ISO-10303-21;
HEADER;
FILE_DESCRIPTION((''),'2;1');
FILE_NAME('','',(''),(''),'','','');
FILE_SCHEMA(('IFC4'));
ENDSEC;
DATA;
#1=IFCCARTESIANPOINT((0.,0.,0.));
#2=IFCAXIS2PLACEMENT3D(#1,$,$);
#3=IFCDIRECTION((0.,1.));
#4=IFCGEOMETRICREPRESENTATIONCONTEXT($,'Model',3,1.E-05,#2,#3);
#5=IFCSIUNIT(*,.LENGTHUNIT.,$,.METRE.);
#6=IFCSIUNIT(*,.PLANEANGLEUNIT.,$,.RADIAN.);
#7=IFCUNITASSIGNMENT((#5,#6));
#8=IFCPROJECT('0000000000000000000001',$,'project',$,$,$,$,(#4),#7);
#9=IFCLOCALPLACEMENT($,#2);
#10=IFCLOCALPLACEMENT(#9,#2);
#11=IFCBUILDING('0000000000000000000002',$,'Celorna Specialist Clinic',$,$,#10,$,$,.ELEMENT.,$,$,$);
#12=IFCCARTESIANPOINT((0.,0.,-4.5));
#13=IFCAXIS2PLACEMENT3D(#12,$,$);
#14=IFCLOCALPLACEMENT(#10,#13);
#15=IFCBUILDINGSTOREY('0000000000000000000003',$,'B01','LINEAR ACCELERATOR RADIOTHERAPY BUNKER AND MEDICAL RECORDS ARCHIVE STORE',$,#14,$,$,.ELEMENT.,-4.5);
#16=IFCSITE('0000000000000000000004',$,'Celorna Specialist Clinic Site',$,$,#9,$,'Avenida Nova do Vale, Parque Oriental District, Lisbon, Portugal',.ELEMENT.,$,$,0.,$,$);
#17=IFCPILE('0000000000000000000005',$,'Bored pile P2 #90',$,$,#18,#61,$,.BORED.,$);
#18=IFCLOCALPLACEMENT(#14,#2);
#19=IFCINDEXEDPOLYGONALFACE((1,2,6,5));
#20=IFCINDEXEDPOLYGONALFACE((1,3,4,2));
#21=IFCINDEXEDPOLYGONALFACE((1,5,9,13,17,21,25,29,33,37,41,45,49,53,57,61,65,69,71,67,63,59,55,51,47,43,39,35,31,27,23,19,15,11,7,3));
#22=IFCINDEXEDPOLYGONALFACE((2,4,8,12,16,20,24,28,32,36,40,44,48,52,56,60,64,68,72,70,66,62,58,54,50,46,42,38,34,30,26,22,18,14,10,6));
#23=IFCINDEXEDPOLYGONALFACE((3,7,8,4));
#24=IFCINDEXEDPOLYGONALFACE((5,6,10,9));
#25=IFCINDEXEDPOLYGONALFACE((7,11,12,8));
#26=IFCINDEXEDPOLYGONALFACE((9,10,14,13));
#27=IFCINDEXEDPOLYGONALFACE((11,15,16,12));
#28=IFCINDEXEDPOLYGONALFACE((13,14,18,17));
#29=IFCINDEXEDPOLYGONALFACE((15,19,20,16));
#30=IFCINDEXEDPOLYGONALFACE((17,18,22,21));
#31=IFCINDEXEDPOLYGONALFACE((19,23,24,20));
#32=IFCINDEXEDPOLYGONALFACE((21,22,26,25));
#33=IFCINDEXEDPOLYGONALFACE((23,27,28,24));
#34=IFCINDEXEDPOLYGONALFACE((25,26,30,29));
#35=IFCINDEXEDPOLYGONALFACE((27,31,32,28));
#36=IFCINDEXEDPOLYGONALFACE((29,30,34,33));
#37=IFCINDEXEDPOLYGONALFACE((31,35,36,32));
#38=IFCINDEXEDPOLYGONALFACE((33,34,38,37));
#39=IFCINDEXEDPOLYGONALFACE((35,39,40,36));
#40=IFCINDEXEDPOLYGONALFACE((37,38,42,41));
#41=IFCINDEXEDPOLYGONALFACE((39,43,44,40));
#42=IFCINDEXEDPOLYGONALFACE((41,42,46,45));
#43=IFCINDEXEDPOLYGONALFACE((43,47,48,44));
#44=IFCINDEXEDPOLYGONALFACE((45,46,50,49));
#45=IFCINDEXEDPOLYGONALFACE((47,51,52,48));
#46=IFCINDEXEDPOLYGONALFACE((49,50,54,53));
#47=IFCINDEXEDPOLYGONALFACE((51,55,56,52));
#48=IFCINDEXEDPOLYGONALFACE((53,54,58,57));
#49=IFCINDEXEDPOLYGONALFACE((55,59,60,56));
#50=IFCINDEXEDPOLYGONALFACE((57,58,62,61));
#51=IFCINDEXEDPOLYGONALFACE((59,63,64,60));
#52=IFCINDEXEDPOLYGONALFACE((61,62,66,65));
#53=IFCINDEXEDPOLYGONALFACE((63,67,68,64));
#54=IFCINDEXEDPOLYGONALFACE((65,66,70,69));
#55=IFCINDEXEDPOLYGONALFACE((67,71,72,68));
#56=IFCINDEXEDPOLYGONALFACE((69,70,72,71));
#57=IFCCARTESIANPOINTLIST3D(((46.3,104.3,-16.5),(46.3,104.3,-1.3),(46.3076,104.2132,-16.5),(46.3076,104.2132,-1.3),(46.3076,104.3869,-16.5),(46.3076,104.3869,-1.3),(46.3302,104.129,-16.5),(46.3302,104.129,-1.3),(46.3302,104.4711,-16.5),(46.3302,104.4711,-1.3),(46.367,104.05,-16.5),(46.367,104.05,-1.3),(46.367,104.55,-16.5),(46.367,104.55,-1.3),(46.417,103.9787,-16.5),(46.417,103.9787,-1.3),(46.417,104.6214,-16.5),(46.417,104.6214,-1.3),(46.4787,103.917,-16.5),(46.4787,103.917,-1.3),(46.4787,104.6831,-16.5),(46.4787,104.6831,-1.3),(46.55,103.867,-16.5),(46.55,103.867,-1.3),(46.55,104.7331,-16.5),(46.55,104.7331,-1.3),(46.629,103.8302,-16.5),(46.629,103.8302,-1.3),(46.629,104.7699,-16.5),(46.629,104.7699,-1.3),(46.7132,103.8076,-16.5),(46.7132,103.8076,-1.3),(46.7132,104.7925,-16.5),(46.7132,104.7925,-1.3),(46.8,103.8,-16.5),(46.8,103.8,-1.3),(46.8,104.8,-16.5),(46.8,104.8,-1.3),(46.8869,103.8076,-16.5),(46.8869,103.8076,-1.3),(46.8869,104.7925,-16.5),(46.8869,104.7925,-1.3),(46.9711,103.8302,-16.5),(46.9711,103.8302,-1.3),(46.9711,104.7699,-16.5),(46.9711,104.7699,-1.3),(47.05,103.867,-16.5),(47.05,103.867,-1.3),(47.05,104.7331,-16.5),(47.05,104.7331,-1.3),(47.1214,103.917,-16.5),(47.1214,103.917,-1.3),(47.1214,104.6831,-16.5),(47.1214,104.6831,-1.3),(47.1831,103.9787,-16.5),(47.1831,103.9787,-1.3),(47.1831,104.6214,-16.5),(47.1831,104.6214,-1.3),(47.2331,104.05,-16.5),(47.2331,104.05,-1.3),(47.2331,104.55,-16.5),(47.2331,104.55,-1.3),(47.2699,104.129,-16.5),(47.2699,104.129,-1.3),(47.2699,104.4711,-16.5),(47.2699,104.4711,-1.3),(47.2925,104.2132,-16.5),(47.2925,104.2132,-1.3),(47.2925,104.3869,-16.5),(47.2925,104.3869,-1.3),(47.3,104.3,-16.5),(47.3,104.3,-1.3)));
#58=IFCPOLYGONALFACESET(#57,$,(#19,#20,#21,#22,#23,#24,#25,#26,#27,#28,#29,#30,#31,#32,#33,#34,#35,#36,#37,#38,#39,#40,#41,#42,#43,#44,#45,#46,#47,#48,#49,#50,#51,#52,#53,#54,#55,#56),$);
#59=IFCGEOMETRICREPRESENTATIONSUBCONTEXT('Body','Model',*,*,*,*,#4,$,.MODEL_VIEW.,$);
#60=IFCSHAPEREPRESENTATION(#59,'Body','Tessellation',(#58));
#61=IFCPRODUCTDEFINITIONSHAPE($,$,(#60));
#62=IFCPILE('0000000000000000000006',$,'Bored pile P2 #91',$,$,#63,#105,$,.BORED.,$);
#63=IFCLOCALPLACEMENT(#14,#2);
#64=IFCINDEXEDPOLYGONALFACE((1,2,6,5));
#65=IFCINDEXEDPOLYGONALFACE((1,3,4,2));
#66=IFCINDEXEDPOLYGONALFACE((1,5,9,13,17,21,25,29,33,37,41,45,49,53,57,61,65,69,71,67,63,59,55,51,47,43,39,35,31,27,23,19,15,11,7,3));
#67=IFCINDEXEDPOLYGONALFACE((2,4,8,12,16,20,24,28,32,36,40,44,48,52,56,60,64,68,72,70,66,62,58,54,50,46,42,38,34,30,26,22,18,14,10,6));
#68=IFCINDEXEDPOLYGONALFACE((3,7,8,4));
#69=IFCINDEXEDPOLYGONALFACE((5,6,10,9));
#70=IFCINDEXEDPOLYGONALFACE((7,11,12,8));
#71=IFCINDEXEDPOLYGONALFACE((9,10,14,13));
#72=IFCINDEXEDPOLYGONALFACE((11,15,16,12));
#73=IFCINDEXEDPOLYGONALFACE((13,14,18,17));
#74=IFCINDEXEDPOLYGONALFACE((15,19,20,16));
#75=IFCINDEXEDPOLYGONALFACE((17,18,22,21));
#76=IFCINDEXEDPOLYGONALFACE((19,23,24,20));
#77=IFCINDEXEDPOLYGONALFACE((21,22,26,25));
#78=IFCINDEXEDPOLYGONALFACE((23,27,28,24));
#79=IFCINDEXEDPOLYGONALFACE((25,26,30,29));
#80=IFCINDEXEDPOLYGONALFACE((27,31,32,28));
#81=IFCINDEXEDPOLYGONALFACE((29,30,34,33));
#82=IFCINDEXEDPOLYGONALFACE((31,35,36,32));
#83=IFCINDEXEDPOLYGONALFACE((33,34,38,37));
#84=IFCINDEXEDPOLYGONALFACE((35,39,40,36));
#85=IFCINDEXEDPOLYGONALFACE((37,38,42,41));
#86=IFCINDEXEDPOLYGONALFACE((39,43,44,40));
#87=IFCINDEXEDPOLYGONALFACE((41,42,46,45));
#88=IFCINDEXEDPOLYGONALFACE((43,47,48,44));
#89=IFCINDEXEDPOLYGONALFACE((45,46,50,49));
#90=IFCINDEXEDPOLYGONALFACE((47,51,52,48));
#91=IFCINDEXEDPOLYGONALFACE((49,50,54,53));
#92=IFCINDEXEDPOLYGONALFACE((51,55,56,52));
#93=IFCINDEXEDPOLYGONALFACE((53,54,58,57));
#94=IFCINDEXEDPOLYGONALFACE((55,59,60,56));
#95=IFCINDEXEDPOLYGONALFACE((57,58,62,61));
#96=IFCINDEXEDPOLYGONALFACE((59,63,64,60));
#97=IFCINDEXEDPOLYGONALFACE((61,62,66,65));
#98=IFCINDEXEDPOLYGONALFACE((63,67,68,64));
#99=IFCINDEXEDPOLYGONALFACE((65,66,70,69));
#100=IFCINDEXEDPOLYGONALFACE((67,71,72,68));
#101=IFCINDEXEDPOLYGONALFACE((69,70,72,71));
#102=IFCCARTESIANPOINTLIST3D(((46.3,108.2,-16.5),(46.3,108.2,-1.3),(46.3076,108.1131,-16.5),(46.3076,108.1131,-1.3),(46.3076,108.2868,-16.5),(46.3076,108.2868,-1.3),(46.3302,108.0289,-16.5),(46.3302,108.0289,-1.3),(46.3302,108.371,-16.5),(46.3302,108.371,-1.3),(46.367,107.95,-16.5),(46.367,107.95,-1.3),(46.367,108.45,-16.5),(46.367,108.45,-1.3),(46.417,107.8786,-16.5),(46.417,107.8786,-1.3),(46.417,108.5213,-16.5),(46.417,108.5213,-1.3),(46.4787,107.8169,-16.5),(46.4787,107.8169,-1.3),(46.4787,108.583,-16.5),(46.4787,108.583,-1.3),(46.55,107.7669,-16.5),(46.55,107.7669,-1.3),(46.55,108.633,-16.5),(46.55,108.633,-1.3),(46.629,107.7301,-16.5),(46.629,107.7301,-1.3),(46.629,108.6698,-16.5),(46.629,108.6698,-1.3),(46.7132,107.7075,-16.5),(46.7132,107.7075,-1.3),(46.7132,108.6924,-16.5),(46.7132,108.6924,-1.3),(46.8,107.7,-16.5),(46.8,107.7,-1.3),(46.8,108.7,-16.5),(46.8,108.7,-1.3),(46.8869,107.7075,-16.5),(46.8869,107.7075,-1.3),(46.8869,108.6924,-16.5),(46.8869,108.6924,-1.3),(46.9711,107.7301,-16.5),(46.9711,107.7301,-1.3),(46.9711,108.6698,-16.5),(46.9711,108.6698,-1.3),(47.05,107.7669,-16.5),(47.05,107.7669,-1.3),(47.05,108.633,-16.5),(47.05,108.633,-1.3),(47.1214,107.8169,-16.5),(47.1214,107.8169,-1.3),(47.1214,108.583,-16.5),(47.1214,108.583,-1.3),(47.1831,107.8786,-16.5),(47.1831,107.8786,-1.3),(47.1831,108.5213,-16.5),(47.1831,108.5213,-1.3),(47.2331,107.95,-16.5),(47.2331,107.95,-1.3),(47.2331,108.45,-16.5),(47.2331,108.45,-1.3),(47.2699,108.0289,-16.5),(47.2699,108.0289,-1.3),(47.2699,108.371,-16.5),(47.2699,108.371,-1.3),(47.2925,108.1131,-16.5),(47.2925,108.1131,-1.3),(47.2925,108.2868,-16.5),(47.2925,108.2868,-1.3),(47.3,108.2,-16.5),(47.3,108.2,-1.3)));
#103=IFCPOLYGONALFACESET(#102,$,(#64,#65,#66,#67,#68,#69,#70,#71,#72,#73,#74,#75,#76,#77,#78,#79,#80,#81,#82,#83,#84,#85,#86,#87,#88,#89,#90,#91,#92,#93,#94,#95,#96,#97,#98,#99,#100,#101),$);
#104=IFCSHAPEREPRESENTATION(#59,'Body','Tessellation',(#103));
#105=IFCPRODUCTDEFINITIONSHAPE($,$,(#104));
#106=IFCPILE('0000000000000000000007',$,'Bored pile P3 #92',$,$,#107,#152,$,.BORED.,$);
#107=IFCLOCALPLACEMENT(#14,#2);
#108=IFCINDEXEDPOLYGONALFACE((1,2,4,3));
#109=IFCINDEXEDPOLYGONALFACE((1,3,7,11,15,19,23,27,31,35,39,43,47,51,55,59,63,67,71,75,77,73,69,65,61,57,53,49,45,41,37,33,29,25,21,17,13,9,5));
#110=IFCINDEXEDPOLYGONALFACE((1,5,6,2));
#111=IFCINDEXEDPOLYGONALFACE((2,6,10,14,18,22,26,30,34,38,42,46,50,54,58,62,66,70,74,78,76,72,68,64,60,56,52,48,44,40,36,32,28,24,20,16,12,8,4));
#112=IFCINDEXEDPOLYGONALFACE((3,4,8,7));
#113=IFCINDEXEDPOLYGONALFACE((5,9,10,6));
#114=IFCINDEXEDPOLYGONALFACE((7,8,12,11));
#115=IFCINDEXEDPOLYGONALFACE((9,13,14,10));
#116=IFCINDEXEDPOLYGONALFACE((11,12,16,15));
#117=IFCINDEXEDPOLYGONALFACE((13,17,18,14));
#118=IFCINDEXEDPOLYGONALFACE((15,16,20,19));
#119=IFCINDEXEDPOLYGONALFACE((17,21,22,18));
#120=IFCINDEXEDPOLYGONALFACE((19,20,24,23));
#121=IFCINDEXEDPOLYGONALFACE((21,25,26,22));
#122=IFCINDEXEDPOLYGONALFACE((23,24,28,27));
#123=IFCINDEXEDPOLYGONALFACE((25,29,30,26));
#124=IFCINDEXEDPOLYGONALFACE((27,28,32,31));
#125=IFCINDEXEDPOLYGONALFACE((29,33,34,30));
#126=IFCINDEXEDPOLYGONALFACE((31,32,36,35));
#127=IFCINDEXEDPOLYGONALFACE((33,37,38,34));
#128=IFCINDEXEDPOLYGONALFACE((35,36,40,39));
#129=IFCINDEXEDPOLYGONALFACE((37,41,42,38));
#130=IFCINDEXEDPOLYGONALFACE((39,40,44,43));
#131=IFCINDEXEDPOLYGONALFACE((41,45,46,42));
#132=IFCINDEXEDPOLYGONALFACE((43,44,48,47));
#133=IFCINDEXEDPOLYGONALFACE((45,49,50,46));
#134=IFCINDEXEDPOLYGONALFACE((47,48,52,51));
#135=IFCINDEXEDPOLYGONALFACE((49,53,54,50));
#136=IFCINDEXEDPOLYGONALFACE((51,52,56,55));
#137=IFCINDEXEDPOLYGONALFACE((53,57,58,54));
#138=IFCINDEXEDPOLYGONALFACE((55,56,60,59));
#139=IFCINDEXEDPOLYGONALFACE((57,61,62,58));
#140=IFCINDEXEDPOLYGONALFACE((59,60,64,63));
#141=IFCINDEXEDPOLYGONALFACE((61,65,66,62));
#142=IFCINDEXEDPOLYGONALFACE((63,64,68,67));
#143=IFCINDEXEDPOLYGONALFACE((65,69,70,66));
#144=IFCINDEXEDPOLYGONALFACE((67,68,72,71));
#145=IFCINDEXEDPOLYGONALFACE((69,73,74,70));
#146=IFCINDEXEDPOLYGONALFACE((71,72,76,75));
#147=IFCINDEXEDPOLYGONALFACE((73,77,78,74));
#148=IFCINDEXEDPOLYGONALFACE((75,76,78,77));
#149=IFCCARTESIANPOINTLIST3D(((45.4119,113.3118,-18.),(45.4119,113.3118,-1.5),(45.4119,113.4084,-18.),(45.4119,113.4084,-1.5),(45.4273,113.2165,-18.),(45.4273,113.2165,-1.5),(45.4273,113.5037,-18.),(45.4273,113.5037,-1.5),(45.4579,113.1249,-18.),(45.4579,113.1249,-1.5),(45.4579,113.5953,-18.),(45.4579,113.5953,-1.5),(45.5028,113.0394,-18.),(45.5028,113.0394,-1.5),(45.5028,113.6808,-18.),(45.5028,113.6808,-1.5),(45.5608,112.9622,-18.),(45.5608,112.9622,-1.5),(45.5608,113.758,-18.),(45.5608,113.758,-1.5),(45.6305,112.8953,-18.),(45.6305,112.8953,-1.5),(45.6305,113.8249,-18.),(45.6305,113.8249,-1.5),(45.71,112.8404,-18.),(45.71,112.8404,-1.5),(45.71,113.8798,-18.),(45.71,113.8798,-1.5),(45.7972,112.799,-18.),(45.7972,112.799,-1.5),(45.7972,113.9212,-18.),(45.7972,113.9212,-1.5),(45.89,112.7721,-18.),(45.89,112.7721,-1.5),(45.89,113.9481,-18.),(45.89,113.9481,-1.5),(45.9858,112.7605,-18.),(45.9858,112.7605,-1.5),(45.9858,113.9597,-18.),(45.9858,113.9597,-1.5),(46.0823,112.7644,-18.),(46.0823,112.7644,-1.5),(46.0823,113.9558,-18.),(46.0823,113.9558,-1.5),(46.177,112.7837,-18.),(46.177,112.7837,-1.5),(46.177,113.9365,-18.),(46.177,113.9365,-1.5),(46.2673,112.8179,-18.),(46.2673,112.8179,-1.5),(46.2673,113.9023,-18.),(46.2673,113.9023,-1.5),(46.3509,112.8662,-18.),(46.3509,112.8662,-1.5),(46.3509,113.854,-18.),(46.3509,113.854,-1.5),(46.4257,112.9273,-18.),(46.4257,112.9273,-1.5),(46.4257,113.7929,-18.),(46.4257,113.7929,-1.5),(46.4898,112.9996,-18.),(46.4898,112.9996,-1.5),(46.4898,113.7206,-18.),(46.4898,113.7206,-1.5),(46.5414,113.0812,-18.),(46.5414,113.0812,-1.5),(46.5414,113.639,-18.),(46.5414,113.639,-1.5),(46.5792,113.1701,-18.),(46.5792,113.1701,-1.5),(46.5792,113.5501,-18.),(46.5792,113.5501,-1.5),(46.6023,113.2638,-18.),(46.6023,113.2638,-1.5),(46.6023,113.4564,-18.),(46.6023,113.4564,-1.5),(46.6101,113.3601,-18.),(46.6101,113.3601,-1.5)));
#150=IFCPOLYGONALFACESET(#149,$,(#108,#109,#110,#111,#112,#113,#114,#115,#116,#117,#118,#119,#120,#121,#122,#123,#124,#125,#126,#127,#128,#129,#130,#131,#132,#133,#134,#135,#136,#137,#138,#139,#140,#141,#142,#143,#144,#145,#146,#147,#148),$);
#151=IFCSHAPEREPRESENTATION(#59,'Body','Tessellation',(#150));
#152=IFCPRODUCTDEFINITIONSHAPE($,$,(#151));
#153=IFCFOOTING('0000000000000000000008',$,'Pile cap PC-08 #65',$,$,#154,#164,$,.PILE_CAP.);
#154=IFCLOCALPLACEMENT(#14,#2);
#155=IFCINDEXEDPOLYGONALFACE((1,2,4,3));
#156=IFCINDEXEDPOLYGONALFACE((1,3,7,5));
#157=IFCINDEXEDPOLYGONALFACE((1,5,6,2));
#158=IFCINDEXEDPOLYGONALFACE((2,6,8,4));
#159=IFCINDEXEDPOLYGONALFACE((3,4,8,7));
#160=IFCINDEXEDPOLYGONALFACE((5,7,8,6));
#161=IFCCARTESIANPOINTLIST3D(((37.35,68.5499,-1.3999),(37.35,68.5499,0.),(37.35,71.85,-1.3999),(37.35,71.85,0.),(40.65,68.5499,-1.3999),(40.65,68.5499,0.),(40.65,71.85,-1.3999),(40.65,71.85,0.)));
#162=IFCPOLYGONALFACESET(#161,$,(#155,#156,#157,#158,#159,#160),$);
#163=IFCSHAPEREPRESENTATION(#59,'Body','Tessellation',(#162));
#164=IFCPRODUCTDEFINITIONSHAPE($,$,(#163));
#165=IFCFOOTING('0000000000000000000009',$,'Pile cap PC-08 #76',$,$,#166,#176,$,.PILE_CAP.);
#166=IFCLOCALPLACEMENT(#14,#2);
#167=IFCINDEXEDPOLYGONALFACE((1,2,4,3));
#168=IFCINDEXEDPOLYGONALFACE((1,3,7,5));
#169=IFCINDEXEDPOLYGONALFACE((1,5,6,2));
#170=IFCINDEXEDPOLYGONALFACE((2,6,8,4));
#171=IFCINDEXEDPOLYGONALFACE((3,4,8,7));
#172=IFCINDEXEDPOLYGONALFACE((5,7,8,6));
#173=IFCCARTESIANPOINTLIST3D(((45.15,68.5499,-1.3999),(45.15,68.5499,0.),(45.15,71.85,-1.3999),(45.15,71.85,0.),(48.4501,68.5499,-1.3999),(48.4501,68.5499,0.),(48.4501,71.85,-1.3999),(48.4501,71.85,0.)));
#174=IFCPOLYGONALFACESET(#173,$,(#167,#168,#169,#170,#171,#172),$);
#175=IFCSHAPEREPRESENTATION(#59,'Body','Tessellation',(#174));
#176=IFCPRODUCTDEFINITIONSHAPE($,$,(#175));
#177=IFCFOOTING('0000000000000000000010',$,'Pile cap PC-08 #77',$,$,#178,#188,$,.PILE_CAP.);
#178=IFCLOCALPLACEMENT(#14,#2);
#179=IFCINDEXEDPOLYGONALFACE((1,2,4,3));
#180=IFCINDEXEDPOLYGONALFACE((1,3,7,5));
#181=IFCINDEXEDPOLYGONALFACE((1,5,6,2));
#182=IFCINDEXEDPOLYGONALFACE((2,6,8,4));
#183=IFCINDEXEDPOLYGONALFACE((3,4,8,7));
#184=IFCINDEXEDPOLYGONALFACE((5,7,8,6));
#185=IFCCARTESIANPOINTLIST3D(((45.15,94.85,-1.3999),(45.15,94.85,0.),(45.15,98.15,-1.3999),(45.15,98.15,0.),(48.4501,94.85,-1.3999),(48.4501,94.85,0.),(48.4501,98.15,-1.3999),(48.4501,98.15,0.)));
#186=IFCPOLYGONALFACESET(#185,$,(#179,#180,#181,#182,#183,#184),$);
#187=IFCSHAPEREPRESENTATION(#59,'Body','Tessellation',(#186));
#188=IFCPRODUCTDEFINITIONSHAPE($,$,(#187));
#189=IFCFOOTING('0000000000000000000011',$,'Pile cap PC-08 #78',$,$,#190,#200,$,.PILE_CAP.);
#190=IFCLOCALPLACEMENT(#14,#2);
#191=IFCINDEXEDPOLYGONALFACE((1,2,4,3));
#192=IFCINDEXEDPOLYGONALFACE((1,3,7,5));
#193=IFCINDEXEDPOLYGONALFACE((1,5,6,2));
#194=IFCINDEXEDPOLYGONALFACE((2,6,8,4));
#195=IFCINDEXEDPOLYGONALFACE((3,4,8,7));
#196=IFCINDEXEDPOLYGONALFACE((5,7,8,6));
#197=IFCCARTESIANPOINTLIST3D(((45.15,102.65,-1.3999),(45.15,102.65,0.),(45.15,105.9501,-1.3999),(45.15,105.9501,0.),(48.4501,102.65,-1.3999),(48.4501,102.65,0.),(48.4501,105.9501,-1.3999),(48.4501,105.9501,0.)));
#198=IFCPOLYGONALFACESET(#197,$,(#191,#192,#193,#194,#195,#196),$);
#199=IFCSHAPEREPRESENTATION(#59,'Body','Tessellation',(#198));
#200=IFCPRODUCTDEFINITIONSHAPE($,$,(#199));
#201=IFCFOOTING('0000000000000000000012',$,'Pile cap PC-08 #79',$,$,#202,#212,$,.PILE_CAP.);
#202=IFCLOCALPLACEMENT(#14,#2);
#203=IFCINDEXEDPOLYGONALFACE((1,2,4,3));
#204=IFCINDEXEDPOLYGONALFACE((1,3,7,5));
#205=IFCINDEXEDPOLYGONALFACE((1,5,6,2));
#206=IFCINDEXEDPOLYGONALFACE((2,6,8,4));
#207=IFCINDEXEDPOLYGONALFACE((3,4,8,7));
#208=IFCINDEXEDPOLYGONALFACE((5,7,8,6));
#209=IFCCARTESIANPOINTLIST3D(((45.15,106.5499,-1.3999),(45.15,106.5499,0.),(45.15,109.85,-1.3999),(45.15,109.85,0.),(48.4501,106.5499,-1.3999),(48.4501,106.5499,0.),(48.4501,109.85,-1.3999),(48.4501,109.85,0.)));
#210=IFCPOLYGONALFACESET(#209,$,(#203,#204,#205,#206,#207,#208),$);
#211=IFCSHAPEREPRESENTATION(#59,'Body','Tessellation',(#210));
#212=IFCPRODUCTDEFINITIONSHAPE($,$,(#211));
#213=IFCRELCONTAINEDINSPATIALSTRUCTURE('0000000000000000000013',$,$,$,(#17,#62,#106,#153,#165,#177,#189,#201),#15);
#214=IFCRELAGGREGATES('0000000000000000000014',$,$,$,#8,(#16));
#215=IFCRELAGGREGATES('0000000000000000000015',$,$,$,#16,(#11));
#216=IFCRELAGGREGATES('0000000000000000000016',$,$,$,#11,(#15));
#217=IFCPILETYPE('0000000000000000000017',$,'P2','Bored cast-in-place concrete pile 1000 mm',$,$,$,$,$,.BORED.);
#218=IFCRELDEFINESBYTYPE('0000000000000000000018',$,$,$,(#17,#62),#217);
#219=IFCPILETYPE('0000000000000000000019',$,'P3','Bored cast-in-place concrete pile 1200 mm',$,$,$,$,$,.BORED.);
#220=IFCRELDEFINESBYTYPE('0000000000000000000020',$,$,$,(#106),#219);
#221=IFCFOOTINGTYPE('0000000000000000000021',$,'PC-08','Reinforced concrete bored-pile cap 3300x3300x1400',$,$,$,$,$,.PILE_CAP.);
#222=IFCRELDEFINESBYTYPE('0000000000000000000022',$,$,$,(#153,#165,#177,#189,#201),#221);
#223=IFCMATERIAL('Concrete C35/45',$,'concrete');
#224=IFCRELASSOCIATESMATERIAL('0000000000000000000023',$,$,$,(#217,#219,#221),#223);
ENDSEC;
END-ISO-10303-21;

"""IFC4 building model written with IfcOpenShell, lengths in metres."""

from ifc_helpers import new_model, si_unit, direction, frame, origin, origin_2d, place, context, subcontext, project, spatial, rectangle, circle, extrude, material, material_profile, profile_set, type_object, element, save


model = new_model("IFC4")

# Units and contexts
model_context = context("Model", 3, precision=1e-05, world=origin(), true_north=direction((0.0, 1.0)))
body_context = subcontext(model_context, "Body", "Model", "MODEL_VIEW")
ifc_project = project(units=[si_unit("LENGTHUNIT", "METRE"), si_unit("PLANEANGLEUNIT", "RADIAN")], contexts=[model_context])

# Site, building, storey
site_placement = place(None, origin())
site = spatial("IfcSite", under=ifc_project, at=site_placement, Name="Celorna Specialist Clinic Site", LongName="Avenida Nova do Vale, Parque Oriental District, Lisbon, Portugal", CompositionType="ELEMENT", RefElevation=0.0)
building_placement = place(site_placement, origin())
building = spatial("IfcBuilding", under=site, at=building_placement, Name="Celorna Specialist Clinic", CompositionType="ELEMENT")
storey_placement = place(building_placement, frame((0.0, 0.0, -4.5)))
storey = spatial("IfcBuildingStorey", under=building, at=storey_placement, Name="B01", Description="LINEAR ACCELERATOR RADIOTHERAPY BUNKER AND MEDICAL RECORDS ARCHIVE STORE", CompositionType="ELEMENT", Elevation=-4.5)

# Shared definitions
ifc_material_1 = material(Name="Concrete C35/45", Category="concrete")

# Piles
ifc_material_profile_1 = material_profile(ifc_material_1, circle(Radius=0.5, at=origin_2d()), Name="BORED PILE 1000")
ifc_profile_set_1 = profile_set([ifc_material_profile_1], Name="Concrete C35/45")
pile_type_1 = type_object("IfcPileType", Name="P2", Description="Bored cast-in-place concrete pile 1000 mm", PredefinedType="BORED", material=ifc_profile_set_1)
for number, where, z_axis, x_axis, name in (
    (1, (46.8, 104.3, -1.3), (0.0, 0.0, -1.0), (1.0, 0.0, 0.0), "Bored pile P2 #90"),
    (2, (46.8, 108.2, -1.3), (0.0, 0.0, -1.0), (1.0, 0.0, 0.0), "Bored pile P2 #91"),
):
    element("IfcPile", number, at=place(storey_placement, frame(where, z_axis=z_axis, x_axis=x_axis)), inside=storey, type_object=pile_type_1, Name=name, PredefinedType="BORED", context=body_context, shape_type="SweptSolid", body=[
        extrude(circle(Radius=0.5, at=origin_2d()), origin(), (0.0, 0.0, 1.0), 15.2),
    ])
ifc_material_profile_2 = material_profile(ifc_material_1, circle(Radius=0.6001, at=origin_2d()), Name="BORED PILE 1200")
ifc_profile_set_2 = profile_set([ifc_material_profile_2], Name="Concrete C35/45")
pile_type_2 = type_object("IfcPileType", Name="P3", Description="Bored cast-in-place concrete pile 1200 mm", PredefinedType="BORED", material=ifc_profile_set_2)
pile_placement = place(storey_placement, frame((46.01, 113.3601, -1.5), z_axis=(0.0, 0.0, -1.0), x_axis=(1.0, 0.0, 0.0)))
element("IfcPile", 3, at=pile_placement, inside=storey, type_object=pile_type_2, Name="Bored pile P3 #92", PredefinedType="BORED", context=body_context, shape_type="SweptSolid", body=[
    extrude(circle(Radius=0.6001, at=origin_2d()), origin(), (0.0, 0.0, 1.0), 16.5),
])

# Footings
footing_type_1 = type_object("IfcFootingType", Name="PC-08", Description="Reinforced concrete bored-pile cap 3300x3300x1400", PredefinedType="PILE_CAP", material=ifc_material_1)
for number, where, z_axis, x_axis, name in (
    (4, (39.0, 70.2, -1.3999), (0.0, 0.0, 1.0), (1.0, 0.0, 0.0), "Pile cap PC-08 #65"),
    (5, (46.8, 70.2, -1.3999), (0.0, 0.0, 1.0), (1.0, 0.0, 0.0), "Pile cap PC-08 #76"),
    (6, (46.8, 96.5, -1.3999), (0.0, 0.0, 1.0), (1.0, 0.0, 0.0), "Pile cap PC-08 #77"),
    (7, (46.8, 104.3, -1.3999), (0.0, 0.0, 1.0), (1.0, 0.0, 0.0), "Pile cap PC-08 #78"),
    (8, (46.8, 108.2, -1.3999), (0.0, 0.0, 1.0), (1.0, 0.0, 0.0), "Pile cap PC-08 #79"),
):
    element("IfcFooting", number, at=place(storey_placement, frame(where, z_axis=z_axis, x_axis=x_axis)), inside=storey, type_object=footing_type_1, Name=name, PredefinedType="PILE_CAP", context=body_context, shape_type="SweptSolid", body=[
        extrude(rectangle(XDim=3.3, YDim=3.3, at=origin_2d()), origin(), (0.0, 0.0, 1.0), 1.3999),
    ])

save(model, "model.ifc")
